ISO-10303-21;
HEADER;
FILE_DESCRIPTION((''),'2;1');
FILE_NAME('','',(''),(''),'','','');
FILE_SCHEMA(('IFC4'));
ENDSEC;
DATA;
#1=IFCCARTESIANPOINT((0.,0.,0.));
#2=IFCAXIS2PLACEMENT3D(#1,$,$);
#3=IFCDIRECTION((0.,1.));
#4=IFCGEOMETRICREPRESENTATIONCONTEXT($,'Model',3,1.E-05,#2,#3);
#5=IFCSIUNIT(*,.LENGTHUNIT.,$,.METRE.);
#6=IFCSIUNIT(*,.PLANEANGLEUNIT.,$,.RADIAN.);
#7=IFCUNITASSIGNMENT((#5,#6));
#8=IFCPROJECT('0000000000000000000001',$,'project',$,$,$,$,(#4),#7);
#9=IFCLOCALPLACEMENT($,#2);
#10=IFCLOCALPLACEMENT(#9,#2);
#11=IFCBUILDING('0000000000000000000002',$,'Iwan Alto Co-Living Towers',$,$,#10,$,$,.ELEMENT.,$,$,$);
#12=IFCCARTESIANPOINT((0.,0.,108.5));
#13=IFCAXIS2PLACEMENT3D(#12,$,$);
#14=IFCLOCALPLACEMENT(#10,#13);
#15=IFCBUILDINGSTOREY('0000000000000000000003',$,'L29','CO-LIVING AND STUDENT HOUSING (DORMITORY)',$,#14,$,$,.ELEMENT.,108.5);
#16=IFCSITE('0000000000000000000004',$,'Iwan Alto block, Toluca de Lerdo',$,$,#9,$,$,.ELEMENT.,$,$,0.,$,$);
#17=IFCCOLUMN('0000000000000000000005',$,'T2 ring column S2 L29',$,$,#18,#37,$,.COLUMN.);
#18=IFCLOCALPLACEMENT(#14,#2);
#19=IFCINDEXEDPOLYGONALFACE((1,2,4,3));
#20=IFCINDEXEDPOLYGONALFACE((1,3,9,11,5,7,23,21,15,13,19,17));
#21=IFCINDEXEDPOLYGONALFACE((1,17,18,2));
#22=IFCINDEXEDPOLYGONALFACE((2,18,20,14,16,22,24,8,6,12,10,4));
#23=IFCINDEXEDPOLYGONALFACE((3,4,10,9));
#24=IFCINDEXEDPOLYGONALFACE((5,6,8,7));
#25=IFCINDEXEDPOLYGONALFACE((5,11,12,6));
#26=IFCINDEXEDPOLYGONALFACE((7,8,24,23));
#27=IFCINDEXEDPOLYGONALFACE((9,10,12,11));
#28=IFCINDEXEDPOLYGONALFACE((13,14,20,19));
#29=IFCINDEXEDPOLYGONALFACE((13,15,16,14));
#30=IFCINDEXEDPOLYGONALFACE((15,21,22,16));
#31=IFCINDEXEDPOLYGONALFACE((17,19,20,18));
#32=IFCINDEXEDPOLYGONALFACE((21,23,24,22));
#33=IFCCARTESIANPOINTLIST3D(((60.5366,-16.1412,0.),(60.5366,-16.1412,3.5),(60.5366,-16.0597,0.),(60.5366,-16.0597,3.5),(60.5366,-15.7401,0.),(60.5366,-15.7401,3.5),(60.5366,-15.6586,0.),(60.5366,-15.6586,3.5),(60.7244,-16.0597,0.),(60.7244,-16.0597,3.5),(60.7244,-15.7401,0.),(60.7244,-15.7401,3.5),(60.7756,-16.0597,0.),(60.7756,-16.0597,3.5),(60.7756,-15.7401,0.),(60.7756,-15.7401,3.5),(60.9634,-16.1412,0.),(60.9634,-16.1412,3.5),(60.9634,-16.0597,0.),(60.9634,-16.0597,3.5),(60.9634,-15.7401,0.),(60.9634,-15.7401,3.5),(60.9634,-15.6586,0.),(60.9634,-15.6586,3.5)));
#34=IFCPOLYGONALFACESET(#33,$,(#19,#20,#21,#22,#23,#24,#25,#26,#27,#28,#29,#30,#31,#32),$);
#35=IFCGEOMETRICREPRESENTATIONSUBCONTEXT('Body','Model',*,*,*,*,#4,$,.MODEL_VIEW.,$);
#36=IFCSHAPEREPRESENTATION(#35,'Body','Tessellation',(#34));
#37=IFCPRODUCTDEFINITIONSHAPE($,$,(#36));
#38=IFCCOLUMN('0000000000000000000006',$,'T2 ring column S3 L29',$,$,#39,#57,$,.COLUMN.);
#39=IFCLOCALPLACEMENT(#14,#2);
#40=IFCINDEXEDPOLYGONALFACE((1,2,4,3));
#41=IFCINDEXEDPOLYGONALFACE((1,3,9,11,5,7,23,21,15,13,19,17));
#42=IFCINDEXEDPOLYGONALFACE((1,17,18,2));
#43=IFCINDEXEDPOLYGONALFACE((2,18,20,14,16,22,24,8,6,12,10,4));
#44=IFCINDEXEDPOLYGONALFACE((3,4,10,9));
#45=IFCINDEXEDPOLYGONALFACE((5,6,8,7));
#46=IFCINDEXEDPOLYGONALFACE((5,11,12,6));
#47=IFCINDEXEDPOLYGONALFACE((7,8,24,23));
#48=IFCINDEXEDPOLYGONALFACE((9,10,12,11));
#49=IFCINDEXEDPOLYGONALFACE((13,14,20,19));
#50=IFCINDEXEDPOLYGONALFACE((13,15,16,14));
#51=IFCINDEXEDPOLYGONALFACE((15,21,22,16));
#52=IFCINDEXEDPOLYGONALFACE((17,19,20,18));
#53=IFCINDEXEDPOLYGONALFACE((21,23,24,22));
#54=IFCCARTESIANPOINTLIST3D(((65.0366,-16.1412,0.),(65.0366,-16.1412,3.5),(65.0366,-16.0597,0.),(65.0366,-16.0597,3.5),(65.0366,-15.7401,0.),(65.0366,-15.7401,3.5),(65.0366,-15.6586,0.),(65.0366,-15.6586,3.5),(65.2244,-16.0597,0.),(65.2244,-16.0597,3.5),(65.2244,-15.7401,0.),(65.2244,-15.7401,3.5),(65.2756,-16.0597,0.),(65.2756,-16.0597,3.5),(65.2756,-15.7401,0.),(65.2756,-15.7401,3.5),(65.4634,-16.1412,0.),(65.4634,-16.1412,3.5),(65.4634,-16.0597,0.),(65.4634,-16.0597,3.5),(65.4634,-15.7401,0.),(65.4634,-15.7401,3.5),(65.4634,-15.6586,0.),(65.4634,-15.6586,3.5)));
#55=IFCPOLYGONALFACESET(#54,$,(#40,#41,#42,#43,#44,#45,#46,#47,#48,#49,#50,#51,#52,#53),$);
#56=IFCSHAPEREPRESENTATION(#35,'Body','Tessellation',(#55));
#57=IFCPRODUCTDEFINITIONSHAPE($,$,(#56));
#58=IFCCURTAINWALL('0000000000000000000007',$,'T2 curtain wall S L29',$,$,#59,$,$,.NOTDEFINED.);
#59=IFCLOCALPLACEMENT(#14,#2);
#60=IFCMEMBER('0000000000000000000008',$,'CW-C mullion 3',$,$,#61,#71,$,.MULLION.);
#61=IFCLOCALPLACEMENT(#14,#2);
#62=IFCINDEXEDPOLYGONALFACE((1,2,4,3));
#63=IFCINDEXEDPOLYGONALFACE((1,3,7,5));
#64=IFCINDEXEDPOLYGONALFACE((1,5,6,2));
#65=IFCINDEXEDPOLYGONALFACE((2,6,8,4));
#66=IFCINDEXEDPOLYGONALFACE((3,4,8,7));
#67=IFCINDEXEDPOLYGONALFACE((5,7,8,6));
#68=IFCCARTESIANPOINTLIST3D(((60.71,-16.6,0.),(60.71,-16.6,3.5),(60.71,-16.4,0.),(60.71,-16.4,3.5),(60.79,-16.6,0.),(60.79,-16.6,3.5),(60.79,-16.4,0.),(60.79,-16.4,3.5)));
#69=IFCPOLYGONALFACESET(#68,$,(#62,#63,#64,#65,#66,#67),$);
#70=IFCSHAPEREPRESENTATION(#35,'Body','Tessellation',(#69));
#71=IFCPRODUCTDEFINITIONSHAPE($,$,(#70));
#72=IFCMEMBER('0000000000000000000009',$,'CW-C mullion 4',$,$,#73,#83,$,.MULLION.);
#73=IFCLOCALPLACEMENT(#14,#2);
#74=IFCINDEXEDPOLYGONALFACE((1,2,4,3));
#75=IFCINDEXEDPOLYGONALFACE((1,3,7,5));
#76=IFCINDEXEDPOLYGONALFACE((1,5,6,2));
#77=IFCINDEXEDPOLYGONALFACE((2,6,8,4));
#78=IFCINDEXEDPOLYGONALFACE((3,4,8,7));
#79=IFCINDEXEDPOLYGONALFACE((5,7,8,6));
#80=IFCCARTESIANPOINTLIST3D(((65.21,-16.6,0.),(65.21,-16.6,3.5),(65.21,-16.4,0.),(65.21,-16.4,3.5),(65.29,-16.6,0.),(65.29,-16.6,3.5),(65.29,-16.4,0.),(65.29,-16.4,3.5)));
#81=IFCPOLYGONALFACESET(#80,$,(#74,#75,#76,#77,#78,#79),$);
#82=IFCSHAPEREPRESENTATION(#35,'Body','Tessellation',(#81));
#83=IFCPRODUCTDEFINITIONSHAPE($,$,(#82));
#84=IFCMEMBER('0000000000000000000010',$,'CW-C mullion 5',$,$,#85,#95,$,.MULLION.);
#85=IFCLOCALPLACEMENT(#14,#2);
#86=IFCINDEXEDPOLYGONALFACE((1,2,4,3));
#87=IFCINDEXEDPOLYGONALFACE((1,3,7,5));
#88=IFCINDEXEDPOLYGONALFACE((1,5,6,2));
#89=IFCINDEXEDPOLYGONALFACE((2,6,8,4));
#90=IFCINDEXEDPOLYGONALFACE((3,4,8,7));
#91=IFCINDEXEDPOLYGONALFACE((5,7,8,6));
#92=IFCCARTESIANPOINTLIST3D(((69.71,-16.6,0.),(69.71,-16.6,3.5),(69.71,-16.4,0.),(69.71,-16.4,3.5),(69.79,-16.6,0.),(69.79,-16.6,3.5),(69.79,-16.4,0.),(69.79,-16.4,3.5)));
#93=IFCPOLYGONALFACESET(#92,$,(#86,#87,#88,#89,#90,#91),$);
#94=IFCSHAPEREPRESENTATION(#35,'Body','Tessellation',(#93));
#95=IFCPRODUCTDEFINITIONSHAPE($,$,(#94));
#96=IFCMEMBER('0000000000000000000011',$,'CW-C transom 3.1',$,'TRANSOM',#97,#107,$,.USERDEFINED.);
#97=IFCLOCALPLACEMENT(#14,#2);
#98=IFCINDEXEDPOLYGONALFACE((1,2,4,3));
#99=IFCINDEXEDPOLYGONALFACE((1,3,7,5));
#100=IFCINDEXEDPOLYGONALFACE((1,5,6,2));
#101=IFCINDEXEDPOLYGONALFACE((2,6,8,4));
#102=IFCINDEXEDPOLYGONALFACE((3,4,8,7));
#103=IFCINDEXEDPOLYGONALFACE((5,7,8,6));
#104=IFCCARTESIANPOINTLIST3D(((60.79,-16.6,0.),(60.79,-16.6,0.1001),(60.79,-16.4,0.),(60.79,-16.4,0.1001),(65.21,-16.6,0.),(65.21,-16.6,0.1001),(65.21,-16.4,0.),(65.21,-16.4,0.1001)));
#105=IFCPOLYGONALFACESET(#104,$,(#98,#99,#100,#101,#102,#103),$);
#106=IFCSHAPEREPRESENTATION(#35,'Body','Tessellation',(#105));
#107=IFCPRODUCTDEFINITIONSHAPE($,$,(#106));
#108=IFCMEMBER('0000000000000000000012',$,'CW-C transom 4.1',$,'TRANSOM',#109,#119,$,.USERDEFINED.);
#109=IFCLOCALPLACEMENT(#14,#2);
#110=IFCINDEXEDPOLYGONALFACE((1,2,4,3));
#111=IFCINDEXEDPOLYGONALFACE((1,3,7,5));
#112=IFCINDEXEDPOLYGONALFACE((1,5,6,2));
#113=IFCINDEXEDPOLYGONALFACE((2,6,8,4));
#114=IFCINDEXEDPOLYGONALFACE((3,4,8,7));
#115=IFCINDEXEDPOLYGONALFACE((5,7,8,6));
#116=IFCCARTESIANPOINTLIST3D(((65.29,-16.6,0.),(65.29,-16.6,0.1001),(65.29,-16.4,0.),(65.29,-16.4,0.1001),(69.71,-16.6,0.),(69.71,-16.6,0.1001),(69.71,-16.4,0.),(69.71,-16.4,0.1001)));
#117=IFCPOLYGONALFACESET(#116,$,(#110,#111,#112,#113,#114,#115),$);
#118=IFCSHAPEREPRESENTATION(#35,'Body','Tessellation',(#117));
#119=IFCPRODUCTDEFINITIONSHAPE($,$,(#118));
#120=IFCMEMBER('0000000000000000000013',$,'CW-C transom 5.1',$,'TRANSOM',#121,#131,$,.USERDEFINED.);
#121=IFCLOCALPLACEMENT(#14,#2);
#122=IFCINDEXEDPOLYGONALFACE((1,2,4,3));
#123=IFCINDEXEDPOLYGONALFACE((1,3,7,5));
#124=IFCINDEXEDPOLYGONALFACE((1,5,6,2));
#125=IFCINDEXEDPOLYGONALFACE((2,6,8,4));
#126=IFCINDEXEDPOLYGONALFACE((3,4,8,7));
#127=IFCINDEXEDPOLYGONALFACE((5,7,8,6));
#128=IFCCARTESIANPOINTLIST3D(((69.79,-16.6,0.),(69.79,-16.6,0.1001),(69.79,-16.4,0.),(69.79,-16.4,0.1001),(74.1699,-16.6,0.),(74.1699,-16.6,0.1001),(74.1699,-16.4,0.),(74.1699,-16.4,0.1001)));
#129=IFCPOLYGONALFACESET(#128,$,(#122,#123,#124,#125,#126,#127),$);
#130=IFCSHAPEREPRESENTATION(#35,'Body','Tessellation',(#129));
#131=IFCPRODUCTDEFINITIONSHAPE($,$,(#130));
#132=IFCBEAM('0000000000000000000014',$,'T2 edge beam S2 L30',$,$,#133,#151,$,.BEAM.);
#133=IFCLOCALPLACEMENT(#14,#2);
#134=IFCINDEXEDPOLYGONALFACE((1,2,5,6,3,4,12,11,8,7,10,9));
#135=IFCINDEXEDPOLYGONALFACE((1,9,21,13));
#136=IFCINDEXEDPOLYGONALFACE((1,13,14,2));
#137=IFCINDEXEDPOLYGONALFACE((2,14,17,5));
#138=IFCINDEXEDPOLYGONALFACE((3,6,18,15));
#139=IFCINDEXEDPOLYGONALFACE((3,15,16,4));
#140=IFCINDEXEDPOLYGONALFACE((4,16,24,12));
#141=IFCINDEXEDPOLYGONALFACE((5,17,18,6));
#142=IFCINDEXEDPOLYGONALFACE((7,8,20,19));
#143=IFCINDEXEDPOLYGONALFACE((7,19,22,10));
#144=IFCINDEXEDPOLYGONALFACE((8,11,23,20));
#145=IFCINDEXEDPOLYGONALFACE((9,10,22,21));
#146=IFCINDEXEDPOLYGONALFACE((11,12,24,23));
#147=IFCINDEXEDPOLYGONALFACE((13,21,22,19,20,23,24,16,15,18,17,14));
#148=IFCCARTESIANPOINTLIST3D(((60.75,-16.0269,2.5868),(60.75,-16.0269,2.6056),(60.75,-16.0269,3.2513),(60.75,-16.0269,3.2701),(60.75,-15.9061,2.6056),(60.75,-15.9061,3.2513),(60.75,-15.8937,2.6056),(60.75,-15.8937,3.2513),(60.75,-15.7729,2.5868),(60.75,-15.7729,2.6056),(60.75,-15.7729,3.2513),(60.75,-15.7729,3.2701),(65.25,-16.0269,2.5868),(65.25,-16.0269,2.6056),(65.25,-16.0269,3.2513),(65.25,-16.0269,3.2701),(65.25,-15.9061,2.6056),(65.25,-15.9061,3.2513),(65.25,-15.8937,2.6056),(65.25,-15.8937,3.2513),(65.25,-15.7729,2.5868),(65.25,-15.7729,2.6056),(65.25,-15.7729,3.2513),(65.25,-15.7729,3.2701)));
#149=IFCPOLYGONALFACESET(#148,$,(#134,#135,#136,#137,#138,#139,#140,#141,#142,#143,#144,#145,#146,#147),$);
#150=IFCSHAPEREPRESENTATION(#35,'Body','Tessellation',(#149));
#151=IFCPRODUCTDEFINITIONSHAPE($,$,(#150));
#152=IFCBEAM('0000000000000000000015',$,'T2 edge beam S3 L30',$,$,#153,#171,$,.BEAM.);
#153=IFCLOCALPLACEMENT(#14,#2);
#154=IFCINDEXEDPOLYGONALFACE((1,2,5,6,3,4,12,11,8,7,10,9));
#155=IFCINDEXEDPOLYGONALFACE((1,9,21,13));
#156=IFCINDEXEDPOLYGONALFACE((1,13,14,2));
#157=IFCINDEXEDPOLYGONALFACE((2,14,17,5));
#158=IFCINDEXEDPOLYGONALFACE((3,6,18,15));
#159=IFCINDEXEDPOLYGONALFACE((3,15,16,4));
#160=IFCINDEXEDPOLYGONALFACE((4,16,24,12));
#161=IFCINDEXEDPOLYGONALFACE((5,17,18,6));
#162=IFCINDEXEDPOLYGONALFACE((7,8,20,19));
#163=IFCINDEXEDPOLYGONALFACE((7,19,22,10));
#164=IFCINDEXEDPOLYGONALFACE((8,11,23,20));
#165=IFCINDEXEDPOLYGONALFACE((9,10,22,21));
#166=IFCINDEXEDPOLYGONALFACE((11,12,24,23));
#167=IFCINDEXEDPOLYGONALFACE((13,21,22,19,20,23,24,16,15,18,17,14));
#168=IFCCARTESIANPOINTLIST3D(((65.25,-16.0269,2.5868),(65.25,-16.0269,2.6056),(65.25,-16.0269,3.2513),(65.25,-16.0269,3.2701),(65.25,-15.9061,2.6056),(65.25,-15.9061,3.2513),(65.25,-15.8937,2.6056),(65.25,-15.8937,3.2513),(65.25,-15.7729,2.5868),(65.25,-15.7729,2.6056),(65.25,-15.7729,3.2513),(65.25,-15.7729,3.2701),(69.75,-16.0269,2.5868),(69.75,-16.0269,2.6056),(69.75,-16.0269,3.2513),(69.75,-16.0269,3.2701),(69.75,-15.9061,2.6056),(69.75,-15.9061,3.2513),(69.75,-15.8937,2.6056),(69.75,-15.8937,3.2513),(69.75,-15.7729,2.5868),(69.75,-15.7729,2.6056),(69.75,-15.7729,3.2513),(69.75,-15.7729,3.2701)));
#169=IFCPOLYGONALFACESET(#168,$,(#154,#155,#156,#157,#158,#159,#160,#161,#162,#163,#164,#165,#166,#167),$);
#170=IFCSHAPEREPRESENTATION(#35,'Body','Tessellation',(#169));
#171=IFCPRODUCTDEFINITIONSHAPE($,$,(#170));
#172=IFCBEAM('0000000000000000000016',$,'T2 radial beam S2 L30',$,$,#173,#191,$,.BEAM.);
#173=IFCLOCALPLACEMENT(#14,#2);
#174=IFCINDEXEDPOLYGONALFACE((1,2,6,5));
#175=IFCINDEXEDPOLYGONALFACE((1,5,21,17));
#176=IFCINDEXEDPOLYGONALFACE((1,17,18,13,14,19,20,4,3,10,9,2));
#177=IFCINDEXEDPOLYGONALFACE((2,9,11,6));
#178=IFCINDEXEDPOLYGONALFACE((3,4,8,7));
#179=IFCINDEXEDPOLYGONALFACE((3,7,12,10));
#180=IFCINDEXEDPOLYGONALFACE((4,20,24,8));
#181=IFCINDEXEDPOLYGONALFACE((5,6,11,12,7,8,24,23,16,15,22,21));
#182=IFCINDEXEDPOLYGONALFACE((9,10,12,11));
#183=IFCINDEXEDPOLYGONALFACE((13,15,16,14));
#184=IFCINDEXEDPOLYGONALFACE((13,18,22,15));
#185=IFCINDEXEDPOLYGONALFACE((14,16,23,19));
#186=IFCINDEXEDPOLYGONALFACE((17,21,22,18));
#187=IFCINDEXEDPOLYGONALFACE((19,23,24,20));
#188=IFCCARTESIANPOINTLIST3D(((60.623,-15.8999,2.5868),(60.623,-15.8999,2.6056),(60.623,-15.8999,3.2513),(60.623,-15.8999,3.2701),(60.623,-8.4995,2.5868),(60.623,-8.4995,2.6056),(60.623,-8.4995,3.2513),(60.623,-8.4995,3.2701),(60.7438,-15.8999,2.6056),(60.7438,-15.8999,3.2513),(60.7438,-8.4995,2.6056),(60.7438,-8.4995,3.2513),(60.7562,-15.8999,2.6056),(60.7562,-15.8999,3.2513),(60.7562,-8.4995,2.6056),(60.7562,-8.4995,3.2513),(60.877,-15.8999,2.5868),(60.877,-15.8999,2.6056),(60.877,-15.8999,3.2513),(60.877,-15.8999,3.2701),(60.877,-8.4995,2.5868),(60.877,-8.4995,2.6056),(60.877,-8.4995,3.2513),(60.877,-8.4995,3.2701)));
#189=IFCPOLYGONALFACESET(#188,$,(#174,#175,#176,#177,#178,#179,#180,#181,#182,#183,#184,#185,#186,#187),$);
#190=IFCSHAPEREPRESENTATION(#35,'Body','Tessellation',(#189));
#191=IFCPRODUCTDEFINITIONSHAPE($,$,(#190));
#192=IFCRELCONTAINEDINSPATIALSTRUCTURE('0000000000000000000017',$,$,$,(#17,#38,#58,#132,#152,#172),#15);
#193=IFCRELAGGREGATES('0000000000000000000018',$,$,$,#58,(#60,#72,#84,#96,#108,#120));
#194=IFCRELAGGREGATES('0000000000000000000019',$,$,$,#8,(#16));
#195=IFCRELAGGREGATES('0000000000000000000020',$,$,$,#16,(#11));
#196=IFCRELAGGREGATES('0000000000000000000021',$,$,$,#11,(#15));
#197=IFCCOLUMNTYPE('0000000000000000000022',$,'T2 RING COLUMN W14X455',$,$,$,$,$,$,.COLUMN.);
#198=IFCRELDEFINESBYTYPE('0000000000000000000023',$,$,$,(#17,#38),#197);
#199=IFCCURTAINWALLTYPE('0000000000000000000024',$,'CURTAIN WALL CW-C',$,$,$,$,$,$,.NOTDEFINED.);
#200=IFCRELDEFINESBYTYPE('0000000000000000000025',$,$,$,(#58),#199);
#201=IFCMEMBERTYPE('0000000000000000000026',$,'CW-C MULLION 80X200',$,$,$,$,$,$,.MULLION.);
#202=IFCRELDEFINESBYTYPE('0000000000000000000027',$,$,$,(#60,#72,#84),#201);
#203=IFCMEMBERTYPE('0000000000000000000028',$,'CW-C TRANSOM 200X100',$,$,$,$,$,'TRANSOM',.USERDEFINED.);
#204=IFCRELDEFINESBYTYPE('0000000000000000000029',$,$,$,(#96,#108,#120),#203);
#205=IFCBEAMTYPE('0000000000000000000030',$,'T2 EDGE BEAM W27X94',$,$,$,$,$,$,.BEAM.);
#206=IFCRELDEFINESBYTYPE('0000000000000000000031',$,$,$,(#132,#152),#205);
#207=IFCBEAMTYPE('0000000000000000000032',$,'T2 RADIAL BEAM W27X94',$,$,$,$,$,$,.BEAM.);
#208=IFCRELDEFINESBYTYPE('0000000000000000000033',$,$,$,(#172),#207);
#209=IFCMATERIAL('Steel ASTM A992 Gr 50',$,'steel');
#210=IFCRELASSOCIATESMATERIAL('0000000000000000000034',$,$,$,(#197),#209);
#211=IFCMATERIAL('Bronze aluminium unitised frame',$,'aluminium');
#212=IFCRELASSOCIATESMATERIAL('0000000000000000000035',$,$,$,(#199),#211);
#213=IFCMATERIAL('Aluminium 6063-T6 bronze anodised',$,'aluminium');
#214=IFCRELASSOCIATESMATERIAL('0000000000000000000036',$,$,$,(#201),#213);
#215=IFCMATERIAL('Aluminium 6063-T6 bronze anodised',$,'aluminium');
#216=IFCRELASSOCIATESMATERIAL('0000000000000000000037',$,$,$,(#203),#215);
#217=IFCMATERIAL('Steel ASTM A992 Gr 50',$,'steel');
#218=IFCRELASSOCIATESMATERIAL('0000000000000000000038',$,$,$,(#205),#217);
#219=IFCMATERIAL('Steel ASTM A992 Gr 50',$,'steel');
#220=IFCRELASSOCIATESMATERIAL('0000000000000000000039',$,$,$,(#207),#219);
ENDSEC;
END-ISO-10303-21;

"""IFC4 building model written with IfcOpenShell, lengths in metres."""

from ifc_helpers import new_model, si_unit, direction, frame, origin, origin_2d, place, context, subcontext, project, spatial, rectangle, i_section, extrude, material, material_profile, profile_set, type_object, element, aggregate, save


model = new_model("IFC4")

# Units and contexts
model_context = context("Model", 3, precision=1e-05, world=origin(), true_north=direction((0.0, 1.0)))
body_context = subcontext(model_context, "Body", "Model", "MODEL_VIEW")
ifc_project = project(units=[si_unit("LENGTHUNIT", "METRE"), si_unit("PLANEANGLEUNIT", "RADIAN")], contexts=[model_context])

# Site, building, storey
site_placement = place(None, origin())
site = spatial("IfcSite", under=ifc_project, at=site_placement, Name="Iwan Alto block, Toluca de Lerdo", CompositionType="ELEMENT", RefElevation=0.0)
building_placement = place(site_placement, origin())
building = spatial("IfcBuilding", under=site, at=building_placement, Name="Iwan Alto Co-Living Towers", CompositionType="ELEMENT")
storey_placement = place(building_placement, frame((0.0, 0.0, 108.5)))
storey = spatial("IfcBuildingStorey", under=building, at=storey_placement, Name="L29", Description="CO-LIVING AND STUDENT HOUSING (DORMITORY)", CompositionType="ELEMENT", Elevation=108.5)

# Columns
ifc_material_1 = material(Name="Steel ASTM A992 Gr 50", Category="steel")
ifc_material_profile_1 = material_profile(ifc_material_1, i_section(OverallWidth=0.4268, OverallDepth=0.4827, WebThickness=0.0513, FlangeThickness=0.0815, at=origin_2d()), Name="W14X455")
ifc_profile_set_1 = profile_set([ifc_material_profile_1], Name="Steel ASTM A992 Gr 50")
column_type = type_object("IfcColumnType", Name="T2 RING COLUMN W14X455", PredefinedType="COLUMN", material=ifc_profile_set_1)
for number, where, z_axis, x_axis, name in (
    (1, (60.75, -15.8999, 0.0), (0.0, 0.0, 1.0), (1.0, 0.0, 0.0), "T2 ring column S2 L29"),
    (2, (65.25, -15.8999, 0.0), (0.0, 0.0, 1.0), (1.0, 0.0, 0.0), "T2 ring column S3 L29"),
):
    element("IfcColumn", number, at=place(storey_placement, frame(where, z_axis=z_axis, x_axis=x_axis)), inside=storey, type_object=column_type, Name=name, PredefinedType="COLUMN", context=body_context, shape_type="SweptSolid", body=[
        extrude(i_section(OverallWidth=0.4268, OverallDepth=0.4827, WebThickness=0.0513, FlangeThickness=0.0815, at=origin_2d()), origin(), (0.0, 0.0, 1.0), 3.5),
    ])

# Curtain wall, members
ifc_material_2 = material(Name="Bronze aluminium unitised frame", Category="aluminium")
curtain_wall_type = type_object("IfcCurtainWallType", Name="CURTAIN WALL CW-C", PredefinedType="NOTDEFINED", material=ifc_material_2)
curtain_wall_placement = place(storey_placement, origin())
curtain_wall = element("IfcCurtainWall", 3, at=curtain_wall_placement, inside=storey, type_object=curtain_wall_type, Name="T2 curtain wall S L29", PredefinedType="NOTDEFINED")
ifc_material_3 = material(Name="Aluminium 6063-T6 bronze anodised", Category="aluminium")
ifc_material_profile_2 = material_profile(ifc_material_3, rectangle(XDim=0.2, YDim=0.0801, at=origin_2d()), Name="AL 80X200")
ifc_profile_set_2 = profile_set([ifc_material_profile_2], Name="Aluminium 6063-T6 bronze anodised")
member_type_1 = type_object("IfcMemberType", Name="CW-C MULLION 80X200", PredefinedType="MULLION", material=ifc_profile_set_2)
member_1_placement = place(storey_placement, frame((60.75, -16.5, 0.0), z_axis=(0.0, 0.0, 1.0), x_axis=(0.0, 1.0, 0.0)))
member_1 = element("IfcMember", 4, at=member_1_placement, type_object=member_type_1, Name="CW-C mullion 3", PredefinedType="MULLION", context=body_context, shape_type="SweptSolid", body=[
    extrude(rectangle(XDim=0.2, YDim=0.0801, at=origin_2d()), origin(), (0.0, 0.0, 1.0), 3.5),
])
member_2_placement = place(storey_placement, frame((65.25, -16.5, 0.0), z_axis=(0.0, 0.0, 1.0), x_axis=(0.0, 1.0, 0.0)))
member_2 = element("IfcMember", 5, at=member_2_placement, type_object=member_type_1, Name="CW-C mullion 4", PredefinedType="MULLION", context=body_context, shape_type="SweptSolid", body=[
    extrude(rectangle(XDim=0.2, YDim=0.0801, at=origin_2d()), origin(), (0.0, 0.0, 1.0), 3.5),
])
member_3_placement = place(storey_placement, frame((69.75, -16.5, 0.0), z_axis=(0.0, 0.0, 1.0), x_axis=(0.0, 1.0, 0.0)))
member_3 = element("IfcMember", 6, at=member_3_placement, type_object=member_type_1, Name="CW-C mullion 5", PredefinedType="MULLION", context=body_context, shape_type="SweptSolid", body=[
    extrude(rectangle(XDim=0.2, YDim=0.0801, at=origin_2d()), origin(), (0.0, 0.0, 1.0), 3.5),
])
ifc_material_4 = material(Name="Aluminium 6063-T6 bronze anodised", Category="aluminium")
ifc_material_profile_3 = material_profile(ifc_material_4, rectangle(XDim=0.2, YDim=0.1001, at=origin_2d()), Name="AL 200X100")
ifc_profile_set_3 = profile_set([ifc_material_profile_3], Name="Aluminium 6063-T6 bronze anodised")
member_type_2 = type_object("IfcMemberType", Name="CW-C TRANSOM 200X100", ElementType="TRANSOM", PredefinedType="USERDEFINED", material=ifc_profile_set_3)
member_4_placement = place(storey_placement, frame((60.79, -16.5, 0.05), z_axis=(1.0, 0.0, 0.0), x_axis=(0.0, 1.0, 0.0)))
member_4 = element("IfcMember", 7, at=member_4_placement, type_object=member_type_2, Name="CW-C transom 3.1", ObjectType="TRANSOM", PredefinedType="USERDEFINED", context=body_context, shape_type="SweptSolid", body=[
    extrude(rectangle(XDim=0.2, YDim=0.1001, at=origin_2d()), origin(), (0.0, 0.0, 1.0), 4.4199),
])
member_5_placement = place(storey_placement, frame((65.29, -16.5, 0.05), z_axis=(1.0, 0.0, 0.0), x_axis=(0.0, 1.0, 0.0)))
member_5 = element("IfcMember", 8, at=member_5_placement, type_object=member_type_2, Name="CW-C transom 4.1", ObjectType="TRANSOM", PredefinedType="USERDEFINED", context=body_context, shape_type="SweptSolid", body=[
    extrude(rectangle(XDim=0.2, YDim=0.1001, at=origin_2d()), origin(), (0.0, 0.0, 1.0), 4.4199),
])
member_6_placement = place(storey_placement, frame((69.79, -16.5, 0.05), z_axis=(1.0, 0.0, 0.0), x_axis=(0.0, 1.0, 0.0)))
member_6 = element("IfcMember", 9, at=member_6_placement, type_object=member_type_2, Name="CW-C transom 5.1", ObjectType="TRANSOM", PredefinedType="USERDEFINED", context=body_context, shape_type="SweptSolid", body=[
    extrude(rectangle(XDim=0.2, YDim=0.1001, at=origin_2d()), origin(), (0.0, 0.0, 1.0), 4.3799),
])

# Beams
ifc_material_5 = material(Name="Steel ASTM A992 Gr 50", Category="steel")
ifc_material_profile_4 = material_profile(ifc_material_5, i_section(OverallWidth=0.2539, OverallDepth=0.6833, WebThickness=0.0125, FlangeThickness=0.0188, at=origin_2d()), Name="W27X94")
ifc_profile_set_4 = profile_set([ifc_material_profile_4], Name="Steel ASTM A992 Gr 50")
beam_type_1 = type_object("IfcBeamType", Name="T2 EDGE BEAM W27X94", PredefinedType="BEAM", material=ifc_profile_set_4)
for number, where, z_axis, x_axis, name in (
    (10, (60.75, -15.8999, 2.9285), (1.0, 0.0, 0.0), (0.0, 1.0, 0.0), "T2 edge beam S2 L30"),
    (11, (65.25, -15.8999, 2.9285), (1.0, 0.0, 0.0), (0.0, 1.0, 0.0), "T2 edge beam S3 L30"),
):
    element("IfcBeam", number, at=place(storey_placement, frame(where, z_axis=z_axis, x_axis=x_axis)), inside=storey, type_object=beam_type_1, Name=name, PredefinedType="BEAM", context=body_context, shape_type="SweptSolid", body=[
        extrude(i_section(OverallWidth=0.2539, OverallDepth=0.6833, WebThickness=0.0125, FlangeThickness=0.0188, at=origin_2d()), origin(), (0.0, 0.0, 1.0), 4.5),
    ])
ifc_material_6 = material(Name="Steel ASTM A992 Gr 50", Category="steel")
ifc_material_profile_5 = material_profile(ifc_material_6, i_section(OverallWidth=0.2539, OverallDepth=0.6833, WebThickness=0.0125, FlangeThickness=0.0188, at=origin_2d()), Name="W27X94")
ifc_profile_set_5 = profile_set([ifc_material_profile_5], Name="Steel ASTM A992 Gr 50")
beam_type_2 = type_object("IfcBeamType", Name="T2 RADIAL BEAM W27X94", PredefinedType="BEAM", material=ifc_profile_set_5)
for number, where, z_axis, x_axis, name in (
    (12, (60.75, -15.8999, 2.9285), (0.0, 1.0, 0.0), (-1.0, 0.0, 0.0), "T2 radial beam S2 L30"),
):
    element("IfcBeam", number, at=place(storey_placement, frame(where, z_axis=z_axis, x_axis=x_axis)), inside=storey, type_object=beam_type_2, Name=name, PredefinedType="BEAM", context=body_context, shape_type="SweptSolid", body=[
        extrude(i_section(OverallWidth=0.2539, OverallDepth=0.6833, WebThickness=0.0125, FlangeThickness=0.0188, at=origin_2d()), origin(), (0.0, 0.0, 1.0), 7.4004),
    ])

aggregate(curtain_wall, [member_1, member_2, member_3, member_4, member_5, member_6])

save(model, "model.ifc")
